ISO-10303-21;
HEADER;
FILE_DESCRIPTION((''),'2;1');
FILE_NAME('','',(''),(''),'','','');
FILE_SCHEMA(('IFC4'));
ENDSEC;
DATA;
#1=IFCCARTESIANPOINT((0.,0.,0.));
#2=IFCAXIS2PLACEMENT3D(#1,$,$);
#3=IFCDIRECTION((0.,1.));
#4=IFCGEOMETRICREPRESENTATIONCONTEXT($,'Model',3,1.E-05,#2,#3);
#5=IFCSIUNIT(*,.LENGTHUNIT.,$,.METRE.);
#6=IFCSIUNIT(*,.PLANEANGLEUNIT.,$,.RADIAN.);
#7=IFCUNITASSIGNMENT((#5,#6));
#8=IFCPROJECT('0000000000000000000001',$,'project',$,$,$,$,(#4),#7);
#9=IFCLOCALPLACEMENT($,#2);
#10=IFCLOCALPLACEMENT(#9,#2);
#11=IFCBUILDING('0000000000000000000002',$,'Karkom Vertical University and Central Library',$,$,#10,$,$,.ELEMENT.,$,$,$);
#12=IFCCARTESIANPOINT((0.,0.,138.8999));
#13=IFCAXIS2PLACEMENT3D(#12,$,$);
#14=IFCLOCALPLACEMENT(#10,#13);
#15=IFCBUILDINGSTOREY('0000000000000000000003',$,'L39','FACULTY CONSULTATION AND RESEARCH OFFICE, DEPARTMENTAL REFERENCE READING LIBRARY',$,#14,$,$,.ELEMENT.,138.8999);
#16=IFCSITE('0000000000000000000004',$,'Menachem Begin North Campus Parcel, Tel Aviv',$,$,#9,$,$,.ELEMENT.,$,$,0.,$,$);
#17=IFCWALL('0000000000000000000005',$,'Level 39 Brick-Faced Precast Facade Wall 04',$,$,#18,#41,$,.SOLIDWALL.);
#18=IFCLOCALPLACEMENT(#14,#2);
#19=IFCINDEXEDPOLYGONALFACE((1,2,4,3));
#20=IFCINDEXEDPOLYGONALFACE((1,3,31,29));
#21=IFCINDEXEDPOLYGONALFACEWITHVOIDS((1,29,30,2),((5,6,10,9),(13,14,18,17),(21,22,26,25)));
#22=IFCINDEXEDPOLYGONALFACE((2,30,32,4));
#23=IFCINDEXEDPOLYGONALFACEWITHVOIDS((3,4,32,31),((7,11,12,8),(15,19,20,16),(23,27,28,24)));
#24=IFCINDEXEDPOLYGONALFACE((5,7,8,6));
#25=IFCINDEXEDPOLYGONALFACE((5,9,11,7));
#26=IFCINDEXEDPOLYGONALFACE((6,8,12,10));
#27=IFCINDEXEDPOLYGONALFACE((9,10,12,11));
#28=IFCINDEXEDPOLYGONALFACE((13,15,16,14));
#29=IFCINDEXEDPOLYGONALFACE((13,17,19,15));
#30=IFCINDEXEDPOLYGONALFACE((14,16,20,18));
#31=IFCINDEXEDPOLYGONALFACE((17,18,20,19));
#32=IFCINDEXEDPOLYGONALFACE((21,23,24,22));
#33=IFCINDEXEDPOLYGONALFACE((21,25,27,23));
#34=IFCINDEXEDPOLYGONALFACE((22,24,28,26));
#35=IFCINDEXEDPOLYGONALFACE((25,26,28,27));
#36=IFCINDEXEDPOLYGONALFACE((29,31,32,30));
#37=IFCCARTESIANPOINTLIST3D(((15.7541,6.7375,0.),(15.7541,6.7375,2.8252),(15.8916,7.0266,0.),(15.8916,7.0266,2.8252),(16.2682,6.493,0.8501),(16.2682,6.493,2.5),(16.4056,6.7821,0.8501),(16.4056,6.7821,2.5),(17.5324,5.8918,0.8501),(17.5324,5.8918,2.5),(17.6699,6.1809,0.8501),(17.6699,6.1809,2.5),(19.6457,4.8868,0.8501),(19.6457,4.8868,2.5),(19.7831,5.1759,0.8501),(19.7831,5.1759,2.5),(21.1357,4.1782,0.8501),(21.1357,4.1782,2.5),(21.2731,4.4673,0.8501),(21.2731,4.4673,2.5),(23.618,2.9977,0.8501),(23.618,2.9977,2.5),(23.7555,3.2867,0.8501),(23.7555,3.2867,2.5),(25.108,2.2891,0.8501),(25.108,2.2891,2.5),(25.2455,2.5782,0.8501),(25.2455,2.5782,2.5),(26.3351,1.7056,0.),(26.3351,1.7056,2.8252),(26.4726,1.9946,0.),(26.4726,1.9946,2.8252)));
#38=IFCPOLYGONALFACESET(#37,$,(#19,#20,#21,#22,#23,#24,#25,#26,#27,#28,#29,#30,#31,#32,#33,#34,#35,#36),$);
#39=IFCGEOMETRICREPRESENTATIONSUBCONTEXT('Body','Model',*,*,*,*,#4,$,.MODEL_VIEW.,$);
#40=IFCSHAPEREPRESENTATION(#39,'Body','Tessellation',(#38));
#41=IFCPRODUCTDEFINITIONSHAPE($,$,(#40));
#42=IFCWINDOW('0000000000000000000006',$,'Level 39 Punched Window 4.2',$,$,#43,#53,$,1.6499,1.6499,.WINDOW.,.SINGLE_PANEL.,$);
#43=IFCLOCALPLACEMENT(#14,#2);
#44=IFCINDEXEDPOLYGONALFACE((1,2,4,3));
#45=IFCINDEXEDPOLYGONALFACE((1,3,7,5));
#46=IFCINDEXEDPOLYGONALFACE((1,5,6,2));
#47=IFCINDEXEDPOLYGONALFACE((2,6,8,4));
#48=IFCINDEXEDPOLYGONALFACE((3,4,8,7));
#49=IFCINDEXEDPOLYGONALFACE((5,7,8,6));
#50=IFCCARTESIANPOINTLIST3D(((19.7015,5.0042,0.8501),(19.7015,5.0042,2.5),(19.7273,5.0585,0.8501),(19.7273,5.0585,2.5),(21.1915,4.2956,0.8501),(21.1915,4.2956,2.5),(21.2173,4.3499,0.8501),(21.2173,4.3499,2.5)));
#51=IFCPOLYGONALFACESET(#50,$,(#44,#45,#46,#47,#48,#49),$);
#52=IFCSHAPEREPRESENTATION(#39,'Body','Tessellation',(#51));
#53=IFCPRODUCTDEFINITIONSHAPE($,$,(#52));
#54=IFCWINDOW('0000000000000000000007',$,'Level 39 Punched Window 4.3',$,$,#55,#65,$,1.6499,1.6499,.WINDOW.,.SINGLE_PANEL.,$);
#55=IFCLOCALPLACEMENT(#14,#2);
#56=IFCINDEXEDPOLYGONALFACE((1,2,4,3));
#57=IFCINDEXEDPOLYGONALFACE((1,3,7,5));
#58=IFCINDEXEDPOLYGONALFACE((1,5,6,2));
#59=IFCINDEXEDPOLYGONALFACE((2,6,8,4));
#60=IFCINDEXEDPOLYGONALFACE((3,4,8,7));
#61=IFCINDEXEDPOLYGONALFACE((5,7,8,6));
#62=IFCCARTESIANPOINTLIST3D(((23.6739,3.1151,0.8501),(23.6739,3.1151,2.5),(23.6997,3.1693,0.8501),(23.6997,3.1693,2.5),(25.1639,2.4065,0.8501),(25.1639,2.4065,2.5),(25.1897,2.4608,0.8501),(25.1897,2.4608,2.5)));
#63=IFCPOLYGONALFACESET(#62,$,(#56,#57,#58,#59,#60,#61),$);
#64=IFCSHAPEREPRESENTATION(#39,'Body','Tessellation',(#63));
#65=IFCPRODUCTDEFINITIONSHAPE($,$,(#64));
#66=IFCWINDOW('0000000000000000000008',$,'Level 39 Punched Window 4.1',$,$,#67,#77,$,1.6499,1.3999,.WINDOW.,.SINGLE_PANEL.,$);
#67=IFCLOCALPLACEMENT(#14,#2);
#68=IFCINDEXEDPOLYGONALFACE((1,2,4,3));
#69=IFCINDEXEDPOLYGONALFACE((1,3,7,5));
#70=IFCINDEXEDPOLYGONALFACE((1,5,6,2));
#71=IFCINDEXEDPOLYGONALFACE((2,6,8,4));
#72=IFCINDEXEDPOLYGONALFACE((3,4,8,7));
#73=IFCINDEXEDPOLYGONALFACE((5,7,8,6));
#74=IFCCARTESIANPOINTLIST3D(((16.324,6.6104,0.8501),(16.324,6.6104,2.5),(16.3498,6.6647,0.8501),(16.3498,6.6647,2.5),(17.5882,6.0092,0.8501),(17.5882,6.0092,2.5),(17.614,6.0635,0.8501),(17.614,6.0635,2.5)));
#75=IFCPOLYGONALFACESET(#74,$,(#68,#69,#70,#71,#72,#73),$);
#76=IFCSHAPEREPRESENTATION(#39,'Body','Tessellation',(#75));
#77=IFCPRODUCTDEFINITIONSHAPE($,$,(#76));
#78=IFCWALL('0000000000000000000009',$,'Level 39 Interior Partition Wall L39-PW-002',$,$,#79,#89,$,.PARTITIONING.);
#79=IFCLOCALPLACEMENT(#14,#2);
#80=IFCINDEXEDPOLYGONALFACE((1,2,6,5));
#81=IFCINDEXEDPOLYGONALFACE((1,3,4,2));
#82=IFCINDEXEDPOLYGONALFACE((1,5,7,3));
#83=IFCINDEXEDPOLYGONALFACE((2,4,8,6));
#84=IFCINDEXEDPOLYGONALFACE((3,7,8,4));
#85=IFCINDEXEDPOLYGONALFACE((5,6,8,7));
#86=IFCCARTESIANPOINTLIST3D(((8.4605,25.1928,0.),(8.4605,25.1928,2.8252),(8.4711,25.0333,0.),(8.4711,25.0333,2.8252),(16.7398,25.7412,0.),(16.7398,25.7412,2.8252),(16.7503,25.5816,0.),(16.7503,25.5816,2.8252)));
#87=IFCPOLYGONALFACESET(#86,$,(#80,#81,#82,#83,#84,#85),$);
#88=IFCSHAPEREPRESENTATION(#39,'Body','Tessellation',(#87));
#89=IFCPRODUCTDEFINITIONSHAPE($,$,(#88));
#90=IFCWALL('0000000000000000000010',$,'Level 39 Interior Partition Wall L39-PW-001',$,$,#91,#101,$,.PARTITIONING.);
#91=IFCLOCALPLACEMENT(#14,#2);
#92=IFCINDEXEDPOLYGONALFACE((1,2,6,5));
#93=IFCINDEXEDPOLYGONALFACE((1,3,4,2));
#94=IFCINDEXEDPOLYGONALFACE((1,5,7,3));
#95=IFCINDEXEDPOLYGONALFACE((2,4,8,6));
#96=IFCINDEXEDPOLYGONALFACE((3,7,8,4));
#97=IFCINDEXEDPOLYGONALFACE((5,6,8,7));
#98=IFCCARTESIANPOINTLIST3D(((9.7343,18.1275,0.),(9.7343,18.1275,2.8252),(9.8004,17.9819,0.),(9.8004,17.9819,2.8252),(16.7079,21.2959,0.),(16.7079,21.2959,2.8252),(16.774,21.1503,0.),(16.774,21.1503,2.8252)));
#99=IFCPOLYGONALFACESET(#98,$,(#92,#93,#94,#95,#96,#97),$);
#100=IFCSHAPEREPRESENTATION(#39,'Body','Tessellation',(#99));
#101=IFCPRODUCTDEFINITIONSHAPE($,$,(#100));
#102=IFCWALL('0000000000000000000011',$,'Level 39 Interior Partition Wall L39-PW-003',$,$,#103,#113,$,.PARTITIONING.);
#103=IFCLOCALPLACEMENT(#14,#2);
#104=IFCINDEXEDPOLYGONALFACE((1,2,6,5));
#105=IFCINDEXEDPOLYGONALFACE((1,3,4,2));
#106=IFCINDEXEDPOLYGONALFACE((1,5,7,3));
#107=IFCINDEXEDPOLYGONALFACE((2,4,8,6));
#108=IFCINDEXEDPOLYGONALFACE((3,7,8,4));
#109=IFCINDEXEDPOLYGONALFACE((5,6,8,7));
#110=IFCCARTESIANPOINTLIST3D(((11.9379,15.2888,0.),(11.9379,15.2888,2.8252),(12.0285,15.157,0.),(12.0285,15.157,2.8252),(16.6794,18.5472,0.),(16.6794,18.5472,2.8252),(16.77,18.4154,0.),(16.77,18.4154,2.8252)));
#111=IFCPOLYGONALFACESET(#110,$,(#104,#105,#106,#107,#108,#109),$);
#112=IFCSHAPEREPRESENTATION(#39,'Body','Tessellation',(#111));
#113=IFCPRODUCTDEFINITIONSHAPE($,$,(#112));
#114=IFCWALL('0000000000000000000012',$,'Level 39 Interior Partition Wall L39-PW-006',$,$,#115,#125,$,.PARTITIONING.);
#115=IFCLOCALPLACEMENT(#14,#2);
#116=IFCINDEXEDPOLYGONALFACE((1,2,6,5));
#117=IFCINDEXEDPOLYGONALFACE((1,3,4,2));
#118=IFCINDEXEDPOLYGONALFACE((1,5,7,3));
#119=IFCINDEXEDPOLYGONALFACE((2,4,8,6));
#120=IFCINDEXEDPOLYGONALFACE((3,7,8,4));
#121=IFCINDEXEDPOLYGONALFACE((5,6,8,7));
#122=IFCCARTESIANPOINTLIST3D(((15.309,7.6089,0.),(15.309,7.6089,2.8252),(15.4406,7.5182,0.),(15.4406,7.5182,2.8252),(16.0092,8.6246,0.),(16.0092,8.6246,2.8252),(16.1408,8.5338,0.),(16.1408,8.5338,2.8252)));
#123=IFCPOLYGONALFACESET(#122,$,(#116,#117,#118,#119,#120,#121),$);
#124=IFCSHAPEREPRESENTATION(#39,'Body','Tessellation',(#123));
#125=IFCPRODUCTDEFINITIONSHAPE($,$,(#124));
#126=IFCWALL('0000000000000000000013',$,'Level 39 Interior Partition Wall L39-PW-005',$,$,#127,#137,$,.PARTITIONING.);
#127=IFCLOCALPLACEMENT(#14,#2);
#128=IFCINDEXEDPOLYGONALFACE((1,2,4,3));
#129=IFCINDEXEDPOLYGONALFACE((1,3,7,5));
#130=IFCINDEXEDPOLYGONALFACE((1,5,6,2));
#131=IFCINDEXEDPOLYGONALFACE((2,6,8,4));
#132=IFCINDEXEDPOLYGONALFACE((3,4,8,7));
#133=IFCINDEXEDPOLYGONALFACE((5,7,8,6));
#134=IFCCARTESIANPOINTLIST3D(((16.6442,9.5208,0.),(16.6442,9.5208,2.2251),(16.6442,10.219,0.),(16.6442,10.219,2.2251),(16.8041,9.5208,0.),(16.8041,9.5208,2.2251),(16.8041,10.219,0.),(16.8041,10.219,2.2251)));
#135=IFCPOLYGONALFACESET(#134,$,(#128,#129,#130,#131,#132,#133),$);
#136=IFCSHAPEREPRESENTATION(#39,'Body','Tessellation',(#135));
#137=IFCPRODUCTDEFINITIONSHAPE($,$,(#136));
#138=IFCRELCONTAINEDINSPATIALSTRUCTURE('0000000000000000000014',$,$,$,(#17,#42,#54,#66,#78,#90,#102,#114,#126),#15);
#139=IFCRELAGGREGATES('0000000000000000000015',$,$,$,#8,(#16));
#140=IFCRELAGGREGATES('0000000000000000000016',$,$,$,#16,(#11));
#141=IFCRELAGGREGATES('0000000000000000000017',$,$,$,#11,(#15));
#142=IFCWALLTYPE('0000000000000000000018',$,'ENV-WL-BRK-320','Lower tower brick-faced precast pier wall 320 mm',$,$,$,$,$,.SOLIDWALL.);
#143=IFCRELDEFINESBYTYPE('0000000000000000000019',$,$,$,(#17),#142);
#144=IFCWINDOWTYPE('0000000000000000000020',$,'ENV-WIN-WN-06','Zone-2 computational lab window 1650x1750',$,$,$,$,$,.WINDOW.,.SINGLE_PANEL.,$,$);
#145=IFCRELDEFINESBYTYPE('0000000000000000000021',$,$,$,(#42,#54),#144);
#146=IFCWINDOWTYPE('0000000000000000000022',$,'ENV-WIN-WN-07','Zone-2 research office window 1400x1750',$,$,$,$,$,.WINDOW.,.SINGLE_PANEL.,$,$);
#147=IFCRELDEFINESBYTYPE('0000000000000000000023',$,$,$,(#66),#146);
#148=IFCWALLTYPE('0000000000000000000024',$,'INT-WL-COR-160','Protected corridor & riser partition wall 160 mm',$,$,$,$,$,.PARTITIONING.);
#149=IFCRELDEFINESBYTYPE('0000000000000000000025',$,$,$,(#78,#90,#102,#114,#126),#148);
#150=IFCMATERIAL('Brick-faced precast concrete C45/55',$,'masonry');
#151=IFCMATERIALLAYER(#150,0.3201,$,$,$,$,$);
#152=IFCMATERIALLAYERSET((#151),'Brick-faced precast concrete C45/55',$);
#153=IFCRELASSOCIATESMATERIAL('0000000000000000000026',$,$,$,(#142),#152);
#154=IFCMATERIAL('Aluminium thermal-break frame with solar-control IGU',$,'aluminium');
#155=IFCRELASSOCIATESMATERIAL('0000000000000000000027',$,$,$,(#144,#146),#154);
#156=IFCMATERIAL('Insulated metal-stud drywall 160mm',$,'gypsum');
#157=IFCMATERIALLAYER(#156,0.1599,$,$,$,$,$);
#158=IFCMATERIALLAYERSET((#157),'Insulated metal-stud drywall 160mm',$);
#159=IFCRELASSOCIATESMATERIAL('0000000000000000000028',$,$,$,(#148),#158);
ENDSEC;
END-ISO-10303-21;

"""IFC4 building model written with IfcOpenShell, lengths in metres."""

from ifc_helpers import new_model, si_unit, direction, frame, frame_2d, origin, origin_with_axes, place, context, subcontext, project, spatial, rectangle, extrude, source, transform, mapped, material, layer, layer_set, type_object, element, fill, save


model = new_model("IFC4")

# Units and contexts
model_context = context("Model", 3, precision=1e-05, world=origin(), true_north=direction((0.0, 1.0)))
body_context = subcontext(model_context, "Body", "Model", "MODEL_VIEW")
ifc_project = project(units=[si_unit("LENGTHUNIT", "METRE"), si_unit("PLANEANGLEUNIT", "RADIAN")], contexts=[model_context])

# Site, building, storey
site_placement = place(None, origin())
site = spatial("IfcSite", under=ifc_project, at=site_placement, Name="Menachem Begin North Campus Parcel, Tel Aviv", CompositionType="ELEMENT", RefElevation=0.0)
building_placement = place(site_placement, origin())
building = spatial("IfcBuilding", under=site, at=building_placement, Name="Karkom Vertical University and Central Library", CompositionType="ELEMENT")
storey_placement = place(building_placement, frame((0.0, 0.0, 138.8999)))
storey = spatial("IfcBuildingStorey", under=building, at=storey_placement, Name="L39", Description="FACULTY CONSULTATION AND RESEARCH OFFICE, DEPARTMENTAL REFERENCE READING LIBRARY", CompositionType="ELEMENT", Elevation=138.8999)

# Wall, openings, windows
ifc_material_1 = material(Name="Brick-faced precast concrete C45/55", Category="masonry")
ifc_layer_1 = layer(ifc_material_1, 0.3201)
ifc_layer_set_1 = layer_set([ifc_layer_1], Name="Brick-faced precast concrete C45/55")
wall_type_1 = type_object("IfcWallType", Name="ENV-WL-BRK-320", Description="Lower tower brick-faced precast pier wall 320 mm", PredefinedType="SOLIDWALL", material=ifc_layer_set_1)
ifc_material_2 = material(Name="Aluminium thermal-break frame with solar-control IGU", Category="aluminium")
window_type_1 = type_object("IfcWindowType", Name="ENV-WIN-WN-06", Description="Zone-2 computational lab window 1650x1750", PartitioningType="SINGLE_PANEL", PredefinedType="WINDOW", material=ifc_material_2)
shared_shape_1 = source(origin_with_axes(), body_context, "Body", "SweptSolid", [
    extrude(rectangle(XDim=1.6499, YDim=1.6499, at=frame_2d((0.825, 0.825))), frame((0.0, 0.03, 0.0), z_axis=(0.0, -1.0, 0.0), x_axis=(1.0, 0.0, 0.0)), (0.0, 0.0, 1.0), 0.0601),
])
wall_1_placement = place(storey_placement, frame((15.8228, 6.8821, 0.0), z_axis=(0.0, 0.0, 1.0), x_axis=(0.90308, -0.429473, 0.0)))
wall_1 = element("IfcWall", 1, at=wall_1_placement, inside=storey, type_object=wall_type_1, Name="Level 39 Brick-Faced Precast Facade Wall 04", PredefinedType="SOLIDWALL", context=body_context, shape_type="SweptSolid", body=[
    extrude(rectangle(XDim=11.7166, YDim=0.3201, at=frame_2d((5.8584, 0.0))), origin(), (0.0, 0.0, 1.0), 2.8252),
])
opening_1_placement = place(wall_1_placement, frame((0.5693, 0.0, 0.8501)))
opening_1 = element("IfcOpeningElement", 2, at=opening_1_placement, cuts=wall_1, PredefinedType="OPENING", context=body_context, shape_type="SweptSolid", body=[
    extrude(rectangle(XDim=1.3999, YDim=1.6499, at=frame_2d((0.7, 0.825))), frame((0.0, 0.1699, 0.0), z_axis=(0.0, -1.0, 0.0), x_axis=(1.0, 0.0, 0.0)), (0.0, 0.0, 1.0), 0.3401),
])
opening_2_placement = place(wall_1_placement, frame((4.3093, 0.0, 0.8501)))
opening_2 = element("IfcOpeningElement", 3, at=opening_2_placement, cuts=wall_1, PredefinedType="OPENING", context=body_context, shape_type="SweptSolid", body=[
    extrude(rectangle(XDim=1.6499, YDim=1.6499, at=frame_2d((0.825, 0.825))), frame((0.0, 0.1699, 0.0), z_axis=(0.0, -1.0, 0.0), x_axis=(1.0, 0.0, 0.0)), (0.0, 0.0, 1.0), 0.3401),
])
opening_3_placement = place(wall_1_placement, frame((8.708, 0.0, 0.8501)))
opening_3 = element("IfcOpeningElement", 4, at=opening_3_placement, cuts=wall_1, PredefinedType="OPENING", context=body_context, shape_type="SweptSolid", body=[
    extrude(rectangle(XDim=1.6499, YDim=1.6499, at=frame_2d((0.825, 0.825))), frame((0.0, 0.1699, 0.0), z_axis=(0.0, -1.0, 0.0), x_axis=(1.0, 0.0, 0.0)), (0.0, 0.0, 1.0), 0.3401),
])
window_1_placement = place(opening_2_placement, origin())
window_1 = element("IfcWindow", 5, at=window_1_placement, inside=storey, type_object=window_type_1, Name="Level 39 Punched Window 4.2", OverallHeight=1.6499, OverallWidth=1.6499, PartitioningType="SINGLE_PANEL", PredefinedType="WINDOW", context=body_context, shape_type="MappedRepresentation", body=[
    mapped(shared_shape_1, transform((0.0, 0.0, 0.0), scale=1.0)),
])
fill(opening_2, window_1)
window_2_placement = place(opening_3_placement, origin())
window_2 = element("IfcWindow", 6, at=window_2_placement, inside=storey, type_object=window_type_1, Name="Level 39 Punched Window 4.3", OverallHeight=1.6499, OverallWidth=1.6499, PartitioningType="SINGLE_PANEL", PredefinedType="WINDOW", context=body_context, shape_type="MappedRepresentation", body=[
    mapped(shared_shape_1, transform((0.0, 0.0, 0.0), scale=1.0)),
])
fill(opening_3, window_2)
window_type_2 = type_object("IfcWindowType", Name="ENV-WIN-WN-07", Description="Zone-2 research office window 1400x1750", PartitioningType="SINGLE_PANEL", PredefinedType="WINDOW", material=ifc_material_2)
shared_shape_2 = source(origin_with_axes(), body_context, "Body", "SweptSolid", [
    extrude(rectangle(XDim=1.3999, YDim=1.6499, at=frame_2d((0.7, 0.825))), frame((0.0, 0.03, 0.0), z_axis=(0.0, -1.0, 0.0), x_axis=(1.0, 0.0, 0.0)), (0.0, 0.0, 1.0), 0.0601),
])
window_3_placement = place(opening_1_placement, origin())
window_3 = element("IfcWindow", 7, at=window_3_placement, inside=storey, type_object=window_type_2, Name="Level 39 Punched Window 4.1", OverallHeight=1.6499, OverallWidth=1.3999, PartitioningType="SINGLE_PANEL", PredefinedType="WINDOW", context=body_context, shape_type="MappedRepresentation", body=[
    mapped(shared_shape_2, transform((0.0, 0.0, 0.0), scale=1.0)),
])
fill(opening_1, window_3)

# Shared definitions
ifc_material_3 = material(Name="Insulated metal-stud drywall 160mm", Category="gypsum")
ifc_layer_2 = layer(ifc_material_3, 0.1599)
ifc_layer_set_2 = layer_set([ifc_layer_2], Name="Insulated metal-stud drywall 160mm")
wall_type_2 = type_object("IfcWallType", Name="INT-WL-COR-160", Description="Protected corridor & riser partition wall 160 mm", PredefinedType="PARTITIONING", material=ifc_layer_set_2)

# Walls
wall_2_placement = place(storey_placement, frame((8.4658, 25.113, 0.0), z_axis=(0.0, 0.0, 1.0), x_axis=(0.997814, 0.066085, 0.0)))
element("IfcWall", 8, at=wall_2_placement, inside=storey, type_object=wall_type_2, Name="Level 39 Interior Partition Wall L39-PW-002", PredefinedType="PARTITIONING", context=body_context, shape_type="SweptSolid", body=[
    extrude(rectangle(XDim=8.2974, YDim=0.1599, at=frame_2d((4.1487, 0.0))), origin(), (0.0, 0.0, 1.0), 2.8252),
])
wall_3_placement = place(storey_placement, frame((16.741, 21.2231, 0.0), z_axis=(0.0, 0.0, 1.0), x_axis=(-0.910434, -0.413654, 0.0)))
element("IfcWall", 9, at=wall_3_placement, inside=storey, type_object=wall_type_2, Name="Level 39 Interior Partition Wall L39-PW-001", PredefinedType="PARTITIONING", context=body_context, shape_type="SweptSolid", body=[
    extrude(rectangle(XDim=7.6597, YDim=0.1599, at=frame_2d((3.8298, 0.0))), origin(), (0.0, 0.0, 1.0), 2.8252),
])
wall_4_placement = place(storey_placement, frame((16.7246, 18.4812, 0.0), z_axis=(0.0, 0.0, 1.0), x_axis=(-0.82416, -0.566358, 0.0)))
element("IfcWall", 10, at=wall_4_placement, inside=storey, type_object=wall_type_2, Name="Level 39 Interior Partition Wall L39-PW-003", PredefinedType="PARTITIONING", context=body_context, shape_type="SweptSolid", body=[
    extrude(rectangle(XDim=5.7532, YDim=0.1599, at=frame_2d((2.8765, 0.0))), origin(), (0.0, 0.0, 1.0), 2.8252),
])
wall_5_placement = place(storey_placement, frame((16.075, 8.5791, 0.0), z_axis=(0.0, 0.0, 1.0), x_axis=(-0.567603, -0.823302, 0.0)))
element("IfcWall", 11, at=wall_5_placement, inside=storey, type_object=wall_type_2, Name="Level 39 Interior Partition Wall L39-PW-006", PredefinedType="PARTITIONING", context=body_context, shape_type="SweptSolid", body=[
    extrude(rectangle(XDim=1.2336, YDim=0.1599, at=frame_2d((0.6167, 0.0))), origin(), (0.0, 0.0, 1.0), 2.8252),
])
wall_6_placement = place(storey_placement, frame((16.7241, 9.5208, 0.0), z_axis=(0.0, 0.0, 1.0), x_axis=(0.0, 1.0, 0.0)))
element("IfcWall", 12, at=wall_6_placement, inside=storey, type_object=wall_type_2, Name="Level 39 Interior Partition Wall L39-PW-005", PredefinedType="PARTITIONING", context=body_context, shape_type="SweptSolid", body=[
    extrude(rectangle(XDim=0.6982, YDim=0.1599, at=frame_2d((0.3491, 0.0))), origin(), (0.0, 0.0, 1.0), 2.2251),
])

save(model, "model.ifc")
